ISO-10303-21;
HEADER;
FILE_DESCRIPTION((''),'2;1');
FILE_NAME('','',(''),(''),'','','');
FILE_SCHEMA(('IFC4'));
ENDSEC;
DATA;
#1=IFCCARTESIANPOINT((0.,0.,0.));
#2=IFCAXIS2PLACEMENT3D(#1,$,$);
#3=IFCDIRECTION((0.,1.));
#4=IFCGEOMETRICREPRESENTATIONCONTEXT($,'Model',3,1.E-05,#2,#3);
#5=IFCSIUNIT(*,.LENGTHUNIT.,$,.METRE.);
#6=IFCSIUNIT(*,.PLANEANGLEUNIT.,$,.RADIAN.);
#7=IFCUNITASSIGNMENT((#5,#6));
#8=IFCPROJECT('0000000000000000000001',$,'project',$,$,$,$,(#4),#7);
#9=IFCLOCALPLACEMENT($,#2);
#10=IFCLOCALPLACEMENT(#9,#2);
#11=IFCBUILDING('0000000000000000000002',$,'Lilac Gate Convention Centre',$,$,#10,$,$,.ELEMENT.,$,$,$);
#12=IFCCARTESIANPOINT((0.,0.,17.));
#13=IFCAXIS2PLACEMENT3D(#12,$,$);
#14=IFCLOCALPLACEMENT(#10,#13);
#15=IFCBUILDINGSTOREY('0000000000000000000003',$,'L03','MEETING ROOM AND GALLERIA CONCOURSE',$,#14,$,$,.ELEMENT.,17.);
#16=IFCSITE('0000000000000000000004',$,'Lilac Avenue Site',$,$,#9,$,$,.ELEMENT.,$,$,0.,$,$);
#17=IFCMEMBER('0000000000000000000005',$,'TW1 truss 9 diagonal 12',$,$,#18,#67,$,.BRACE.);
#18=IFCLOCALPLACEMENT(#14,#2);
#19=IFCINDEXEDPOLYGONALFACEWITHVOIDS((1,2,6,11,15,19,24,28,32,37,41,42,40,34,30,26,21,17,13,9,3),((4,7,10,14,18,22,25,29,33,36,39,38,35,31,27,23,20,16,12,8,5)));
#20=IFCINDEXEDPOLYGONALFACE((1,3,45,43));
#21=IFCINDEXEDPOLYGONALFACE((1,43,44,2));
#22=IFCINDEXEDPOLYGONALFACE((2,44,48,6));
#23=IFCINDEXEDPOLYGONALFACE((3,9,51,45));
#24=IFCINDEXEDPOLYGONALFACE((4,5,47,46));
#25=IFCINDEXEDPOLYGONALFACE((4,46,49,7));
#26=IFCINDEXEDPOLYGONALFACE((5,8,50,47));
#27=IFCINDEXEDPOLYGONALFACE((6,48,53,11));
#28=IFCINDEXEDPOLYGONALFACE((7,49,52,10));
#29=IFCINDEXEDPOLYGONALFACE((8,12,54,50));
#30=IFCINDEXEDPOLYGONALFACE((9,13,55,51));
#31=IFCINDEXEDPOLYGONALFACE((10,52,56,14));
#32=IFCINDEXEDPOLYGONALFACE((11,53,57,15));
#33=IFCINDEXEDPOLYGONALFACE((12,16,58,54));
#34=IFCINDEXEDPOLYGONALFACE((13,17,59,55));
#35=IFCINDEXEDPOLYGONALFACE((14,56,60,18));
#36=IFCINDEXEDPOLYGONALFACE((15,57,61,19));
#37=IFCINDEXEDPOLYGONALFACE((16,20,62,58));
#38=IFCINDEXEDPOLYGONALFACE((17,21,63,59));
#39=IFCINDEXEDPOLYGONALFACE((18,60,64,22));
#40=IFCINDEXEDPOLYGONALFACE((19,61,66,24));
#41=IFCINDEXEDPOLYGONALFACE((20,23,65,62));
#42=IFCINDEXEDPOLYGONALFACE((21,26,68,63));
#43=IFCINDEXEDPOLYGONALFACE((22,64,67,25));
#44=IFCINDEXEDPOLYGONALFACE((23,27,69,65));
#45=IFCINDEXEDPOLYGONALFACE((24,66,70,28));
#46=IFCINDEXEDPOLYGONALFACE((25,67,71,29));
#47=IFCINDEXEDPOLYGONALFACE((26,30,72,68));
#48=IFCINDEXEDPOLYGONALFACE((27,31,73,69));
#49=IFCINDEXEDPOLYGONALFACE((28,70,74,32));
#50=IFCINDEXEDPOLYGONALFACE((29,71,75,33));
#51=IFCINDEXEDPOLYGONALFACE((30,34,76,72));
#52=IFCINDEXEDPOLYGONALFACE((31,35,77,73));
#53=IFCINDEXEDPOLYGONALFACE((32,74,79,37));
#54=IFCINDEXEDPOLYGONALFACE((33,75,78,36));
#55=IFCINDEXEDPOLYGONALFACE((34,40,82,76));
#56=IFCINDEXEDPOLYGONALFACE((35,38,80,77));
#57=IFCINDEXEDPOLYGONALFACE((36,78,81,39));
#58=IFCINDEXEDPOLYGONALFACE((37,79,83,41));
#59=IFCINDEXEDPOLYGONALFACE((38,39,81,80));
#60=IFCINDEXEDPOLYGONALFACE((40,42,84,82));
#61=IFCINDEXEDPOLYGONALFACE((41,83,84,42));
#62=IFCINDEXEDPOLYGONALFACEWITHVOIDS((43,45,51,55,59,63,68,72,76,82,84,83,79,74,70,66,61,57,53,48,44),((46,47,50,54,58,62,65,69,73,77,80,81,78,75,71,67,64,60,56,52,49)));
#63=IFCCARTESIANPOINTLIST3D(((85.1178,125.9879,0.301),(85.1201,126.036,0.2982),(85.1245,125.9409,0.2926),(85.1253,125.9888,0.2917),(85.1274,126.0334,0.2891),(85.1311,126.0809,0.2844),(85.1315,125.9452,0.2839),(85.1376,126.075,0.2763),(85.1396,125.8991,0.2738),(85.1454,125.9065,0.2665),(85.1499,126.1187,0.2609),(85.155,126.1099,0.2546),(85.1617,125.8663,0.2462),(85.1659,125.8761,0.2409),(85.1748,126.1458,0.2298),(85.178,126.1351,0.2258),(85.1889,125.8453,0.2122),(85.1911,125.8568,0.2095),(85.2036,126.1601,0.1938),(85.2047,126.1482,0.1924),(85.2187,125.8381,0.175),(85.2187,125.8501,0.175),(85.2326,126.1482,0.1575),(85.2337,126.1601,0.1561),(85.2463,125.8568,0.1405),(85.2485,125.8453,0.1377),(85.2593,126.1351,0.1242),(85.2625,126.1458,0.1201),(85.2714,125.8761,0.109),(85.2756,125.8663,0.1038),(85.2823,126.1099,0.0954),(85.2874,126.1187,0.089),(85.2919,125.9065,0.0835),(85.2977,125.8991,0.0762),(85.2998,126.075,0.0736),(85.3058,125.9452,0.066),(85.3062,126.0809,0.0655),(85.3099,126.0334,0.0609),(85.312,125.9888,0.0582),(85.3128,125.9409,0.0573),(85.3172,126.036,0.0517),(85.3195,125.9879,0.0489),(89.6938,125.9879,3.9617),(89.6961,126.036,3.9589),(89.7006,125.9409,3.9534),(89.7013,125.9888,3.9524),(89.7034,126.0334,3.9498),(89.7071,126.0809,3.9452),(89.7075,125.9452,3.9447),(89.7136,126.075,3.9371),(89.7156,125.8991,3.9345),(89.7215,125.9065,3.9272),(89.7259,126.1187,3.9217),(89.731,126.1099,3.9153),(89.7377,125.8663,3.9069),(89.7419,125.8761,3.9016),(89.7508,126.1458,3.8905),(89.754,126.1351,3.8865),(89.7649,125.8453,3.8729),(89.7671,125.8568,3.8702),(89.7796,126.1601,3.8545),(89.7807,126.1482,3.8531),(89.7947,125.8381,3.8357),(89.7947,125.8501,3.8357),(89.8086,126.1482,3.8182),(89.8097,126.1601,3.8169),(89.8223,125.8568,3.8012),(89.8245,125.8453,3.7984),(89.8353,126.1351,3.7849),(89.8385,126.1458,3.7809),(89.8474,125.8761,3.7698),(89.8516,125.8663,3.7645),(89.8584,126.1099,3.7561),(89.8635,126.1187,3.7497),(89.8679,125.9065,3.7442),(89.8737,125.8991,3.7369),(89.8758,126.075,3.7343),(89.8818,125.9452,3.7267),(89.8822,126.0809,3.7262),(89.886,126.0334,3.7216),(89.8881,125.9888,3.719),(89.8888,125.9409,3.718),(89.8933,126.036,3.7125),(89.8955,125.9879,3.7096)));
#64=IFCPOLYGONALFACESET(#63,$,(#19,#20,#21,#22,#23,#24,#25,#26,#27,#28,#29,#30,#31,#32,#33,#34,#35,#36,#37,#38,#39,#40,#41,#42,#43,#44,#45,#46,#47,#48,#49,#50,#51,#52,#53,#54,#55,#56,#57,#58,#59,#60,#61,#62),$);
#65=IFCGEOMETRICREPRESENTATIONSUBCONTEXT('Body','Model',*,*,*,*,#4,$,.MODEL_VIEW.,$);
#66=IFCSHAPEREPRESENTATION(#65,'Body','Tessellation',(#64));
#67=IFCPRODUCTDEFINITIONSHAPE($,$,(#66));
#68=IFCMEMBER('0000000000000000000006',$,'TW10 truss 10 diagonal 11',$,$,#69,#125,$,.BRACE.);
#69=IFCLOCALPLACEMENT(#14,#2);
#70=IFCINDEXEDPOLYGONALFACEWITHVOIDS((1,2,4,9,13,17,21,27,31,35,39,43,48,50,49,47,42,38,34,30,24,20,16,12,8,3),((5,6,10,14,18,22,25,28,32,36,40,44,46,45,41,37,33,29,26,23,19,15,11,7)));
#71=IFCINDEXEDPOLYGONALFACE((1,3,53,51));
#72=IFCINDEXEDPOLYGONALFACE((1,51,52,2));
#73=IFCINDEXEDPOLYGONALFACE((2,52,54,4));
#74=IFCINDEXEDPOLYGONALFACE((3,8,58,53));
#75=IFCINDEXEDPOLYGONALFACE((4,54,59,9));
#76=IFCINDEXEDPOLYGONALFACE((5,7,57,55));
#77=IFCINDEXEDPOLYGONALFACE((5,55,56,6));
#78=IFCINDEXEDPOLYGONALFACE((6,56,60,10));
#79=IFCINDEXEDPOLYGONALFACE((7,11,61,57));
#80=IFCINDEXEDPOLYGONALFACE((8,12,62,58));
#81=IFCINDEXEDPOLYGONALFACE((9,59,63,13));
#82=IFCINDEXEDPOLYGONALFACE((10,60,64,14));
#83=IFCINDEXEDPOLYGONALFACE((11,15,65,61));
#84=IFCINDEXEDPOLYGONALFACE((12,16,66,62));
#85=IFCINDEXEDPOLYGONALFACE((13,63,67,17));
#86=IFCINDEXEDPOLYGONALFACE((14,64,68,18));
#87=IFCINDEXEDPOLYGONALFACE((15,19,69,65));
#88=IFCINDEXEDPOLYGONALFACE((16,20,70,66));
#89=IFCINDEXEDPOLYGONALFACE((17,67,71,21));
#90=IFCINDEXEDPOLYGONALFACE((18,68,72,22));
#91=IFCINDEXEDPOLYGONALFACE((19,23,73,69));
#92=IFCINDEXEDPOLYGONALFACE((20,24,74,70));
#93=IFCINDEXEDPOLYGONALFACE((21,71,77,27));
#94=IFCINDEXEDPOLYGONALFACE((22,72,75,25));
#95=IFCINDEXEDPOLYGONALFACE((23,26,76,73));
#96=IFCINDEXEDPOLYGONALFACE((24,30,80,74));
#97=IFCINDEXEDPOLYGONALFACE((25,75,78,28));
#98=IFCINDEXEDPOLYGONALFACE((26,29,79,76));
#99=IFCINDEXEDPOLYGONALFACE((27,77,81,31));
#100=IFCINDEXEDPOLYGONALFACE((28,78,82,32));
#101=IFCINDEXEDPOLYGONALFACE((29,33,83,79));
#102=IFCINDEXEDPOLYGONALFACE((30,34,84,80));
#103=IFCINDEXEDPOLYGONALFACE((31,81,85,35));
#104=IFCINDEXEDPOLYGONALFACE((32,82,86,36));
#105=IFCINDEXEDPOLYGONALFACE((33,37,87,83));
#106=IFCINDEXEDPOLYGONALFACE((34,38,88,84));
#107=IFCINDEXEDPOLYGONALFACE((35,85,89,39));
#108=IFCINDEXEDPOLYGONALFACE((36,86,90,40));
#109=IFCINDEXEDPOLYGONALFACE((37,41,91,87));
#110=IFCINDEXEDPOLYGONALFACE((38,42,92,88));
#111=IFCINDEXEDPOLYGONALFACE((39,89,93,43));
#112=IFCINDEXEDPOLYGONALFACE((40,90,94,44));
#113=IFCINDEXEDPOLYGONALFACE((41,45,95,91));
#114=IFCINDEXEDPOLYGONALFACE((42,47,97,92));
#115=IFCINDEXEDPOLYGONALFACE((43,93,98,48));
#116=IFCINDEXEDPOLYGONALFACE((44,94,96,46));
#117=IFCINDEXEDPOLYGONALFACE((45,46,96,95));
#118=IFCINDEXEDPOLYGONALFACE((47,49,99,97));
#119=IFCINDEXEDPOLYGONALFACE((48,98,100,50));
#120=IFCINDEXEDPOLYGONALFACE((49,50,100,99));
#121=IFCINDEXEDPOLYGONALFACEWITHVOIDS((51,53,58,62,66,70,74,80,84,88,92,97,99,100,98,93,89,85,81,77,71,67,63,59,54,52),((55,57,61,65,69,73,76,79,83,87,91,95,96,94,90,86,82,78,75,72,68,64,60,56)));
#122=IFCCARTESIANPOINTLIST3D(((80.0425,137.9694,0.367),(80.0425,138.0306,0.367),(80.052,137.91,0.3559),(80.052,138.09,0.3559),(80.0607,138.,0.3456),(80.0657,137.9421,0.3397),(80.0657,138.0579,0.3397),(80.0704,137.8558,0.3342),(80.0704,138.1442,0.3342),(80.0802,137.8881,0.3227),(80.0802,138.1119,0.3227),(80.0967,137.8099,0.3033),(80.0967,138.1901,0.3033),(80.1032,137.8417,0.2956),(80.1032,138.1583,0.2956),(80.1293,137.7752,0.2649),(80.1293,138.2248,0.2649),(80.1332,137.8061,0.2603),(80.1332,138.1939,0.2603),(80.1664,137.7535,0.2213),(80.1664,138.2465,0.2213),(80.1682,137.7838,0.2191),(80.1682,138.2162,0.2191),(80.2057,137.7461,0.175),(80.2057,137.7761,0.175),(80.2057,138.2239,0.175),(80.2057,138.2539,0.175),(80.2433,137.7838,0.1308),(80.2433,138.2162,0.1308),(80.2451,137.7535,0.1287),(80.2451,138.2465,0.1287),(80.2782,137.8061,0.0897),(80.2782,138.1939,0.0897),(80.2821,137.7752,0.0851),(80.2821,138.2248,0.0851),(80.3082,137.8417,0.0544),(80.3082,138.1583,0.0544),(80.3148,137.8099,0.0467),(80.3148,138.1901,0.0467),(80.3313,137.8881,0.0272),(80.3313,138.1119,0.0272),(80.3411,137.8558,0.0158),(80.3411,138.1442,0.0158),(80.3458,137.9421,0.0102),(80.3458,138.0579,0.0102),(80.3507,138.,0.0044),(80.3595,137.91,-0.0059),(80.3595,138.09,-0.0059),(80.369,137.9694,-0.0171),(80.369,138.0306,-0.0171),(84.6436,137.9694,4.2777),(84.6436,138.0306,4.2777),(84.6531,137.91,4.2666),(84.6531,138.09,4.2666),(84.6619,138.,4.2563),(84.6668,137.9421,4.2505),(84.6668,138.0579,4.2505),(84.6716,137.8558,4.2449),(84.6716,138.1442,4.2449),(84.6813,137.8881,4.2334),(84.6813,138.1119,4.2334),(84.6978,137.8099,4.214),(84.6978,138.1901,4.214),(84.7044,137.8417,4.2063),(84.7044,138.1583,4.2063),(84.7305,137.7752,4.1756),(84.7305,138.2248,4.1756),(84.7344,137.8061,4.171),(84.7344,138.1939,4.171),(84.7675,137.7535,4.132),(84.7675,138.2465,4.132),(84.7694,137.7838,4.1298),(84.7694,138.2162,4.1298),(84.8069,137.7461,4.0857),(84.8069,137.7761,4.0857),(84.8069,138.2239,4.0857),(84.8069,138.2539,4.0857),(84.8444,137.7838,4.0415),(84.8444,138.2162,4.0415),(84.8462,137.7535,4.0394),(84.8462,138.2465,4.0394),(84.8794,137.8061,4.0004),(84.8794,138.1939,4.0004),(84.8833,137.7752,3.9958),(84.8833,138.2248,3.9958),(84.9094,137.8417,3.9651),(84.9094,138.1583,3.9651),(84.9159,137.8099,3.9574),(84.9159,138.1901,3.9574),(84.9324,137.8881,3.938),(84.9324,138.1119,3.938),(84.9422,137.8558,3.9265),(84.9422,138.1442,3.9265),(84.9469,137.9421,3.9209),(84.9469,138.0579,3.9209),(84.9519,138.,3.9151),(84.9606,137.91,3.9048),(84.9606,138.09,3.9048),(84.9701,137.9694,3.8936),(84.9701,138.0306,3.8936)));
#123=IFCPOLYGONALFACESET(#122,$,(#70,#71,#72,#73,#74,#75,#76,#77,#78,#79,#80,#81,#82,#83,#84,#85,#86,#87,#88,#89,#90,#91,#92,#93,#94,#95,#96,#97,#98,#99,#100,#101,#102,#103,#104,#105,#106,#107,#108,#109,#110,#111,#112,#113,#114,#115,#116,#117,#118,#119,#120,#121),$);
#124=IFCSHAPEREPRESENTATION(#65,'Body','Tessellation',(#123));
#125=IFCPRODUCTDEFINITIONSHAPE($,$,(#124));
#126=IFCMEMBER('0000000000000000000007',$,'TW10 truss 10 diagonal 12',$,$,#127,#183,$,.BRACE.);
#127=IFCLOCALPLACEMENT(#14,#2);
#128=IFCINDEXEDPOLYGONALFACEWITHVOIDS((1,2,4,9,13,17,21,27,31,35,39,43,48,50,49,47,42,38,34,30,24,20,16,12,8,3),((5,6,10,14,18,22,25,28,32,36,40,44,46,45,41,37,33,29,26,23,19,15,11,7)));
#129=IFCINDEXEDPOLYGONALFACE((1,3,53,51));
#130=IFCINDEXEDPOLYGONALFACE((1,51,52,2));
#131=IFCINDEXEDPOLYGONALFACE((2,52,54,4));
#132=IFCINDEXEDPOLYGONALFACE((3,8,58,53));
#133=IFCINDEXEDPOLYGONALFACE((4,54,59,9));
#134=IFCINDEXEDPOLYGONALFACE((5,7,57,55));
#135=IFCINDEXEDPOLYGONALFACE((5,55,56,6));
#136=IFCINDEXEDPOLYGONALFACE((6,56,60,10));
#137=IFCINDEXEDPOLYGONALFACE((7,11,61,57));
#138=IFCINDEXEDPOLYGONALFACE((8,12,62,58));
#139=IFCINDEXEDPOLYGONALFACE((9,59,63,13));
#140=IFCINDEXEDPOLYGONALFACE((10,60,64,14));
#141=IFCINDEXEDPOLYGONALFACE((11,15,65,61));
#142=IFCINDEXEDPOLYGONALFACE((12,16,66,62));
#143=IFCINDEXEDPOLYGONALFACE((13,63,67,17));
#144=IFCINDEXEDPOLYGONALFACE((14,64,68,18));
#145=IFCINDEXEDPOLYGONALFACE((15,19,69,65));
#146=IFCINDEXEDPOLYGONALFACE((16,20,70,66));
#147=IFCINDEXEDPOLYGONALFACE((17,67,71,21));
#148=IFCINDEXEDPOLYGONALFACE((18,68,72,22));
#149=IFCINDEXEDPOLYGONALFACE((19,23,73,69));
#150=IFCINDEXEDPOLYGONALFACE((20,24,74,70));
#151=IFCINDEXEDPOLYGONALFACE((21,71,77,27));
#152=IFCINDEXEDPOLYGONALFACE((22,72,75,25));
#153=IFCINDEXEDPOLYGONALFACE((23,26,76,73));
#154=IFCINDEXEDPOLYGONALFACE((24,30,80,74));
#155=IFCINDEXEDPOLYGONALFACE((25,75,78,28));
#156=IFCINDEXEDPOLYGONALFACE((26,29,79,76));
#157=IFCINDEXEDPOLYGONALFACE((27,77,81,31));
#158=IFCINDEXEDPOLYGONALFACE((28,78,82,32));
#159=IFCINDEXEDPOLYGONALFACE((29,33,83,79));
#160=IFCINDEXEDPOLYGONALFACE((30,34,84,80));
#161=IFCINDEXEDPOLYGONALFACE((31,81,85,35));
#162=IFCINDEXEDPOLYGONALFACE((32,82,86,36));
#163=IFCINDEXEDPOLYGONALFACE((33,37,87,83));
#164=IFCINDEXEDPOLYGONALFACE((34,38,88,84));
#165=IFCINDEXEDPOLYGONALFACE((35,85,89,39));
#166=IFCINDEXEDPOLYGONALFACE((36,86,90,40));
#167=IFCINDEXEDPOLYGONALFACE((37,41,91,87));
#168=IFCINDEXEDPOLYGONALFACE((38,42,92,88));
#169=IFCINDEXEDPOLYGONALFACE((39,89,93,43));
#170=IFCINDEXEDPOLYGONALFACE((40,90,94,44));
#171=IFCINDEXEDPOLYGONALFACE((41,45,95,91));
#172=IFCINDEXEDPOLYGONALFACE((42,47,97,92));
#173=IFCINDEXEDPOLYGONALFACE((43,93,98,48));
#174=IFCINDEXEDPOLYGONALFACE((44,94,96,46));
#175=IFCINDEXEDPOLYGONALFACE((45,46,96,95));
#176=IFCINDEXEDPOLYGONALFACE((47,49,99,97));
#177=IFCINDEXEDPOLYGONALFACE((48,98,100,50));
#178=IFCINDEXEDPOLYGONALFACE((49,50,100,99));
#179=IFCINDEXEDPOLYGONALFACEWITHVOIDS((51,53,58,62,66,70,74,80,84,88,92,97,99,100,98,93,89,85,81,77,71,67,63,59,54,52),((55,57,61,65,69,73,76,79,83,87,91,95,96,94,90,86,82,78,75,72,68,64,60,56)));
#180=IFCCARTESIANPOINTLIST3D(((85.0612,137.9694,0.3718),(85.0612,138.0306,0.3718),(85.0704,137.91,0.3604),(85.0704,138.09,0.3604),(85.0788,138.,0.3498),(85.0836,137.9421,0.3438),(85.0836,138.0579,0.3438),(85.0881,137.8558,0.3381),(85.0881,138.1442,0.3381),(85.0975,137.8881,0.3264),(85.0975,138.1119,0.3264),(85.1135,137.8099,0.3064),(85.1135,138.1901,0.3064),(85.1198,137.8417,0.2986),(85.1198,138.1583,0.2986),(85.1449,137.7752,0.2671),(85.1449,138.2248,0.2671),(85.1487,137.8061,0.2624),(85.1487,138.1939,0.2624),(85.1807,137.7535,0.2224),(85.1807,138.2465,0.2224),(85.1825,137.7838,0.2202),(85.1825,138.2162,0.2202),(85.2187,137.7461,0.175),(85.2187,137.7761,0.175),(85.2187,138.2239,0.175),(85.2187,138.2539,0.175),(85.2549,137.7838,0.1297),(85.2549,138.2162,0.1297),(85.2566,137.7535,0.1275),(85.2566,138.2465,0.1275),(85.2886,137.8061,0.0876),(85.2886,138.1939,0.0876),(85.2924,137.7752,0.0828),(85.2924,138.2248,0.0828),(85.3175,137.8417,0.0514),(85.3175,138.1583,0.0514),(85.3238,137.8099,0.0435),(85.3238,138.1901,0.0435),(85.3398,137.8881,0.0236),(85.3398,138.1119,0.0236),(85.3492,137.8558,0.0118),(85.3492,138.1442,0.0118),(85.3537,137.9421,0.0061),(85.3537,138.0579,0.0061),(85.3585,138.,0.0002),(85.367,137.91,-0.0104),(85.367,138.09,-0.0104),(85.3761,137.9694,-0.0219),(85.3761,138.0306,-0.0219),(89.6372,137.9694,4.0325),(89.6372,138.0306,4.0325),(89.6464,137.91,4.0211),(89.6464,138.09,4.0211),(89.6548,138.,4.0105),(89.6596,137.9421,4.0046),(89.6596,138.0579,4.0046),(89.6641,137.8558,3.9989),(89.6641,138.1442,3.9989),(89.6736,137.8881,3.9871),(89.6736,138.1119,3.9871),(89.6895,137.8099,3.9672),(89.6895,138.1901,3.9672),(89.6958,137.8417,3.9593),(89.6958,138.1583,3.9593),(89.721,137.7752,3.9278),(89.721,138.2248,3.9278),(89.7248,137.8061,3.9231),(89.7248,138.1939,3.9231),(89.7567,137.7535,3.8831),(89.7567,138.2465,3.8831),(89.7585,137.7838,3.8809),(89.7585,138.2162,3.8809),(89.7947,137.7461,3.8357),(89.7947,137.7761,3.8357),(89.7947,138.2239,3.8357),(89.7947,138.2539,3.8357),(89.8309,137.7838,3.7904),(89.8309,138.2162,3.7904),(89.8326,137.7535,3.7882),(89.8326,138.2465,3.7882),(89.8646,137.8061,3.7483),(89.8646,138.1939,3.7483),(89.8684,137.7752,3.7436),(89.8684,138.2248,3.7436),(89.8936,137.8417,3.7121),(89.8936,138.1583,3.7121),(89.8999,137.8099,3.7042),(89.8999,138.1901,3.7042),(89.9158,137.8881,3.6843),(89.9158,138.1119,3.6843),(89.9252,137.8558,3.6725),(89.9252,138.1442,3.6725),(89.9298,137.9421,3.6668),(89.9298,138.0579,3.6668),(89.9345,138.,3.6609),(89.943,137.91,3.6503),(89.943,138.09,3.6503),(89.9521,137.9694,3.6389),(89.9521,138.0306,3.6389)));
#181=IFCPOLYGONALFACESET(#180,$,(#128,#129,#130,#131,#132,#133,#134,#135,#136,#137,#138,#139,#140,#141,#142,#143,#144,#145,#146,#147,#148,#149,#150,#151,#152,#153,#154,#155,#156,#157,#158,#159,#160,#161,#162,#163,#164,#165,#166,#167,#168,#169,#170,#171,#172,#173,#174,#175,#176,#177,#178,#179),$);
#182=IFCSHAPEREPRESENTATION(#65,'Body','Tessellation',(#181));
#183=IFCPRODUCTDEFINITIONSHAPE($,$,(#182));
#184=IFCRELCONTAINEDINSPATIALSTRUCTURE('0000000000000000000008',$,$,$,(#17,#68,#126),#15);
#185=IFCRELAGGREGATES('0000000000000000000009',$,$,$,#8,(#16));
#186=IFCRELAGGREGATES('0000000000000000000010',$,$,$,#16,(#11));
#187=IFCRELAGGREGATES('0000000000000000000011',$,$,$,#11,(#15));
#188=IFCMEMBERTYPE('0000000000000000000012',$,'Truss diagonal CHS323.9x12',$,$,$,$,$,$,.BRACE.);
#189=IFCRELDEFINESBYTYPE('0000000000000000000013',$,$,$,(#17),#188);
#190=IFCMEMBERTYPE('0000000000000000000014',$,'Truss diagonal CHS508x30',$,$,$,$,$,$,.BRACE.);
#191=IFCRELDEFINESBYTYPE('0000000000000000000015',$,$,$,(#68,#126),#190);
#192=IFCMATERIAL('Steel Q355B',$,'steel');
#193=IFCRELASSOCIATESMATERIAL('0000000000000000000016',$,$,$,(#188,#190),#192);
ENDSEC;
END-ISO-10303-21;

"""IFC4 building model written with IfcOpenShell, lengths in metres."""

from ifc_helpers import new_model, si_unit, direction, frame, origin, origin_2d, place, context, subcontext, project, spatial, hollow_circle, extrude, material, material_profile, profile_set, type_object, element, save


model = new_model("IFC4")

# Units and contexts
model_context = context("Model", 3, precision=1e-05, world=origin(), true_north=direction((0.0, 1.0)))
body_context = subcontext(model_context, "Body", "Model", "MODEL_VIEW")
ifc_project = project(units=[si_unit("LENGTHUNIT", "METRE"), si_unit("PLANEANGLEUNIT", "RADIAN")], contexts=[model_context])

# Site, building, storey
site_placement = place(None, origin())
site = spatial("IfcSite", under=ifc_project, at=site_placement, Name="Lilac Avenue Site", CompositionType="ELEMENT", RefElevation=0.0)
building_placement = place(site_placement, origin())
building = spatial("IfcBuilding", under=site, at=building_placement, Name="Lilac Gate Convention Centre", CompositionType="ELEMENT")
storey_placement = place(building_placement, frame((0.0, 0.0, 17.0)))
storey = spatial("IfcBuildingStorey", under=building, at=storey_placement, Name="L03", Description="MEETING ROOM AND GALLERIA CONCOURSE", CompositionType="ELEMENT", Elevation=17.0)

# Members
ifc_material = material(Name="Steel Q355B", Category="steel")
ifc_material_profile_1 = material_profile(ifc_material, hollow_circle(Radius=0.1619, WallThickness=0.012, at=origin_2d()), Name="CHS323.9x12")
ifc_profile_set_1 = profile_set([ifc_material_profile_1], Name="Steel Q355B")
member_type_1 = type_object("IfcMemberType", Name="Truss diagonal CHS323.9x12", PredefinedType="BRACE", material=ifc_profile_set_1)
member_1_placement = place(storey_placement, frame((89.7947, 126.0, 3.8357), z_axis=(-0.780877, 0.0, -0.624685), x_axis=(0.0, -1.0, 0.0)))
element("IfcMember", 1, at=member_1_placement, inside=storey, type_object=member_type_1, Name="TW1 truss 9 diagonal 12", PredefinedType="BRACE", context=body_context, shape_type="SweptSolid", body=[
    extrude(hollow_circle(Radius=0.1619, WallThickness=0.012, at=origin_2d()), origin(), (0.0, 0.0, 1.0), 5.8601),
])
ifc_material_profile_2 = material_profile(ifc_material, hollow_circle(Radius=0.2539, WallThickness=0.03, at=origin_2d()), Name="CHS508x30")
ifc_profile_set_2 = profile_set([ifc_material_profile_2], Name="Steel Q355B")
member_type_2 = type_object("IfcMemberType", Name="Truss diagonal CHS508x30", PredefinedType="BRACE", material=ifc_profile_set_2)
member_2_placement = place(storey_placement, frame((84.8069, 138.0, 4.0857), z_axis=(-0.761961, 0.0, -0.647623), x_axis=(0.0, -1.0, 0.0)))
element("IfcMember", 2, at=member_2_placement, inside=storey, type_object=member_type_2, Name="TW10 truss 10 diagonal 11", PredefinedType="BRACE", context=body_context, shape_type="SweptSolid", body=[
    extrude(hollow_circle(Radius=0.2539, WallThickness=0.03, at=origin_2d()), origin(), (0.0, 0.0, 1.0), 6.0386),
])
member_3_placement = place(storey_placement, frame((89.7947, 138.0, 3.8357), z_axis=(-0.780877, 0.0, -0.624685), x_axis=(0.0, -1.0, 0.0)))
element("IfcMember", 3, at=member_3_placement, inside=storey, type_object=member_type_2, Name="TW10 truss 10 diagonal 12", PredefinedType="BRACE", context=body_context, shape_type="SweptSolid", body=[
    extrude(hollow_circle(Radius=0.2539, WallThickness=0.03, at=origin_2d()), origin(), (0.0, 0.0, 1.0), 5.8601),
])

save(model, "model.ifc")
